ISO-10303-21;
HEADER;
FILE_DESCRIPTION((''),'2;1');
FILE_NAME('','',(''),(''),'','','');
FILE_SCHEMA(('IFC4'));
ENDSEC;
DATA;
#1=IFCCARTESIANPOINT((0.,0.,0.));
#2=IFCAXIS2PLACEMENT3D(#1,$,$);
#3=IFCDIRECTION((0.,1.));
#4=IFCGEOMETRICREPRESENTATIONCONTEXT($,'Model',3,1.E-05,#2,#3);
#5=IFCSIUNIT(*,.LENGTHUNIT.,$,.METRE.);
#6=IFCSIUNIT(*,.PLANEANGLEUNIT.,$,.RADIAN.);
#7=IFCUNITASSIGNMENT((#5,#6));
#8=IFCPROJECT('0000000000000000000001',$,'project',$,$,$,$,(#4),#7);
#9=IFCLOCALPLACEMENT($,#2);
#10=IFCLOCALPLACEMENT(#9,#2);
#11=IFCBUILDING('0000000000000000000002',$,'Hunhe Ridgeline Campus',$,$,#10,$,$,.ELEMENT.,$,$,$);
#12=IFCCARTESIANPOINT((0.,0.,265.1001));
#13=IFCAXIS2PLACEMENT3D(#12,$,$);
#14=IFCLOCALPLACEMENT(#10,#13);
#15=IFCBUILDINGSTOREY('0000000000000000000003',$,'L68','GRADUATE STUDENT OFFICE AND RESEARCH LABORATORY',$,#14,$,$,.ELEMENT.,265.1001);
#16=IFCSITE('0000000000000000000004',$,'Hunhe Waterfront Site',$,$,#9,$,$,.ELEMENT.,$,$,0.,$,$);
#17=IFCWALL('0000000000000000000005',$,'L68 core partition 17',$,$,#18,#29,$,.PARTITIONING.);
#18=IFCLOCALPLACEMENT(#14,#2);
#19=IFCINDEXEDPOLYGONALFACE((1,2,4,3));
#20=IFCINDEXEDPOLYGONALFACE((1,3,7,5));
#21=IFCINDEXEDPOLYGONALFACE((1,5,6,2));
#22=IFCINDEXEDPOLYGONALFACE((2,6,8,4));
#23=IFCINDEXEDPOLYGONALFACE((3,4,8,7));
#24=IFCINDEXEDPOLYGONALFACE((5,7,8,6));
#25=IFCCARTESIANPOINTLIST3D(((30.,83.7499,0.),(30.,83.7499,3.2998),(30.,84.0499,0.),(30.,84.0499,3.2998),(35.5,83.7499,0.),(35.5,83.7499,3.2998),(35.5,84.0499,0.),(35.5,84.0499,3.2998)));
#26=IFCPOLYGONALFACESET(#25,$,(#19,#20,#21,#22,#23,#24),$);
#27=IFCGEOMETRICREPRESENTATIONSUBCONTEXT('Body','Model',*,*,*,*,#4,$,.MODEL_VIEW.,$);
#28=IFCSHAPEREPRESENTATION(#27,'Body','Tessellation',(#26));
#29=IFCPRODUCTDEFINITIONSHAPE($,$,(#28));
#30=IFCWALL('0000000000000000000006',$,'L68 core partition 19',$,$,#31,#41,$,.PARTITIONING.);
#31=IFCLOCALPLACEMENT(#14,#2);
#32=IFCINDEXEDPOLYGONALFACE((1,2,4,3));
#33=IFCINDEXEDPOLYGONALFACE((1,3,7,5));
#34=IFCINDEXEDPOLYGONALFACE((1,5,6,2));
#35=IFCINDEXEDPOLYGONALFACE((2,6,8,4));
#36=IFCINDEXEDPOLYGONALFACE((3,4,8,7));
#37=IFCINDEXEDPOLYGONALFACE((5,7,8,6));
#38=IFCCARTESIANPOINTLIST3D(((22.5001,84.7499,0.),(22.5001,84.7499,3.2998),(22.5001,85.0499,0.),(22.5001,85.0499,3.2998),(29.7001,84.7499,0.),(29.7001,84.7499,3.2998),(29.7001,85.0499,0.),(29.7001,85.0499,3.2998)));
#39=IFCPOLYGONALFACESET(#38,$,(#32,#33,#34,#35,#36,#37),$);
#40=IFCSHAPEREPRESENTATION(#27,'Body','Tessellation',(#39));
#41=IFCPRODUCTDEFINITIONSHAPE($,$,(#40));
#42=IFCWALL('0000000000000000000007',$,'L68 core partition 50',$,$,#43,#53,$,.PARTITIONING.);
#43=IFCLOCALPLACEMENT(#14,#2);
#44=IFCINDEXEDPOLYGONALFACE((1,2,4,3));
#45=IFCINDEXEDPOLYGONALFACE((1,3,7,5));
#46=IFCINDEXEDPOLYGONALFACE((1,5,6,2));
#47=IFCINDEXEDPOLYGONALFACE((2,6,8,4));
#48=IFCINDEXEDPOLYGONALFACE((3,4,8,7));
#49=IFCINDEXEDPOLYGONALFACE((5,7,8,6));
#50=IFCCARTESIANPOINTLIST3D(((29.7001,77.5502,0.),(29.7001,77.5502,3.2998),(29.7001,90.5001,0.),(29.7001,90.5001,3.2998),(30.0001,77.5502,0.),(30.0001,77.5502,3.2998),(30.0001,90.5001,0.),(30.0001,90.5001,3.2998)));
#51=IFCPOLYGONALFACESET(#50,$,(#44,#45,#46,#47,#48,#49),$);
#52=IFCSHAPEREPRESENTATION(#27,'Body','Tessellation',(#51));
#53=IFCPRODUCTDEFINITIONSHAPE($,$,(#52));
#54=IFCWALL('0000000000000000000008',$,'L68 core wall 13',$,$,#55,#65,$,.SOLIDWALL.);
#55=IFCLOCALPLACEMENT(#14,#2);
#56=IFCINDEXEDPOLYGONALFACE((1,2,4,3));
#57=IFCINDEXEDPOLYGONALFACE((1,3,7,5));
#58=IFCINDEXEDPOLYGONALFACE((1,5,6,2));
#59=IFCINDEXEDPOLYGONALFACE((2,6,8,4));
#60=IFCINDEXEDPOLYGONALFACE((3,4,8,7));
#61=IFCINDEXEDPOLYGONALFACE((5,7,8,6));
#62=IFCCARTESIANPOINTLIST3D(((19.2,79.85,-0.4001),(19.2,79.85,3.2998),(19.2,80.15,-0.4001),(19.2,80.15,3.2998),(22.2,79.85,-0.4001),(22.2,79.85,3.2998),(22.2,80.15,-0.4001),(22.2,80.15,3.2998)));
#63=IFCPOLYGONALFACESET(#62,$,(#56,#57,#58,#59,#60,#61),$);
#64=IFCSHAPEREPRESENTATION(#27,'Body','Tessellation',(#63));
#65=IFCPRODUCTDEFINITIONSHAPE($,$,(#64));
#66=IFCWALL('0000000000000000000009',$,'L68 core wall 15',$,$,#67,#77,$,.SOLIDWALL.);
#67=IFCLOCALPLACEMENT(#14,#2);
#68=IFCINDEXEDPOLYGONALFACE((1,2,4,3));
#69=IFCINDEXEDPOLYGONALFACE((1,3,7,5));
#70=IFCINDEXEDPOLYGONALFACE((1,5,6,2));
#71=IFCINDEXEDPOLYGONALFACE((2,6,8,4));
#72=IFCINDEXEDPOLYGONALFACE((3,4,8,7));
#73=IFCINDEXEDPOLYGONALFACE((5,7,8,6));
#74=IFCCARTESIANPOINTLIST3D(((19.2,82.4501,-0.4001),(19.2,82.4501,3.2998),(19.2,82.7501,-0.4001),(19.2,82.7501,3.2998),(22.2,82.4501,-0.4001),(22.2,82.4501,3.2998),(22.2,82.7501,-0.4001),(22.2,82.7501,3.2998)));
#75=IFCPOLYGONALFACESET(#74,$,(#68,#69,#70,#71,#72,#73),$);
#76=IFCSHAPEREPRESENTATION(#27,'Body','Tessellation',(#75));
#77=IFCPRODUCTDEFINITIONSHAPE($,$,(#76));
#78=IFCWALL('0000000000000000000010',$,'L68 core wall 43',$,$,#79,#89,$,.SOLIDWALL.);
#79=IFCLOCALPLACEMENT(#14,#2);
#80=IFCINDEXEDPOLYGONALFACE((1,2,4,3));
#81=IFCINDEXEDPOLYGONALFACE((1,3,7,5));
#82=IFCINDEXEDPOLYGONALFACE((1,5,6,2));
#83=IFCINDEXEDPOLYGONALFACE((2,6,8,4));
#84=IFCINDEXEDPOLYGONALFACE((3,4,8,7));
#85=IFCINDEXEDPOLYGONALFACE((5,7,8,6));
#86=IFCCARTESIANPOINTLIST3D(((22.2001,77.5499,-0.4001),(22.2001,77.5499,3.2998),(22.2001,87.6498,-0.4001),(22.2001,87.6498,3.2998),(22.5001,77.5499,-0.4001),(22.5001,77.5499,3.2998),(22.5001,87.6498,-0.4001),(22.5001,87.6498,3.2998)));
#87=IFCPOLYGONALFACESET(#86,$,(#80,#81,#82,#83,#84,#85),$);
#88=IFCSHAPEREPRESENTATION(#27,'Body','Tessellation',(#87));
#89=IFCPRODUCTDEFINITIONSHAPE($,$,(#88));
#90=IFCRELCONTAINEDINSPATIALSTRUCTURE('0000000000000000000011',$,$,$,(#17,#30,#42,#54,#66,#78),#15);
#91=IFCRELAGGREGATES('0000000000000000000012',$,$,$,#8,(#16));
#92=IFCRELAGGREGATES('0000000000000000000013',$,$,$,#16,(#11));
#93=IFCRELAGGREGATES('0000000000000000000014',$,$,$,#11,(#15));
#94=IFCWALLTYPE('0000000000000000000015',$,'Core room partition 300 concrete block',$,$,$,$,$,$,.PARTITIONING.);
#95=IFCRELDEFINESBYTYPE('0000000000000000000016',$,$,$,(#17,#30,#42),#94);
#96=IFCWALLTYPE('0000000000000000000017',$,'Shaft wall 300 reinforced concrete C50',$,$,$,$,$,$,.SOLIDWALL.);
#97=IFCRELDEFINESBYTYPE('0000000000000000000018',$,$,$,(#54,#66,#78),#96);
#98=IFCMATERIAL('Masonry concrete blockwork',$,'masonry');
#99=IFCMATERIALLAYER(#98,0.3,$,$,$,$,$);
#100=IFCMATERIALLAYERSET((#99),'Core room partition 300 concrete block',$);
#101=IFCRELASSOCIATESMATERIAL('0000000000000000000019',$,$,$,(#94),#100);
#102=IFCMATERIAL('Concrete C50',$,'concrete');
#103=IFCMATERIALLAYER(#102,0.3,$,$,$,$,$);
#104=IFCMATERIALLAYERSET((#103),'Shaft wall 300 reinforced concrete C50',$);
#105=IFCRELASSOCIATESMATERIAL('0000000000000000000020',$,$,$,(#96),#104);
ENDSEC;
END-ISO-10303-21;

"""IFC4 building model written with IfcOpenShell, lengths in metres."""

from ifc_helpers import new_model, si_unit, direction, frame, frame_2d, origin, place, context, subcontext, project, spatial, rectangle, extrude, material, layer, layer_set, type_object, element, save


model = new_model("IFC4")

# Units and contexts
model_context = context("Model", 3, precision=1e-05, world=origin(), true_north=direction((0.0, 1.0)))
body_context = subcontext(model_context, "Body", "Model", "MODEL_VIEW")
ifc_project = project(units=[si_unit("LENGTHUNIT", "METRE"), si_unit("PLANEANGLEUNIT", "RADIAN")], contexts=[model_context])

# Site, building, storey
site_placement = place(None, origin())
site = spatial("IfcSite", under=ifc_project, at=site_placement, Name="Hunhe Waterfront Site", CompositionType="ELEMENT", RefElevation=0.0)
building_placement = place(site_placement, origin())
building = spatial("IfcBuilding", under=site, at=building_placement, Name="Hunhe Ridgeline Campus", CompositionType="ELEMENT")
storey_placement = place(building_placement, frame((0.0, 0.0, 265.1001)))
storey = spatial("IfcBuildingStorey", under=building, at=storey_placement, Name="L68", Description="GRADUATE STUDENT OFFICE AND RESEARCH LABORATORY", CompositionType="ELEMENT", Elevation=265.1001)

# Shared definitions
ifc_material_1 = material(Name="Masonry concrete blockwork", Category="masonry")
ifc_layer_1 = layer(ifc_material_1, 0.3)
ifc_layer_set_1 = layer_set([ifc_layer_1], Name="Core room partition 300 concrete block")
wall_type_1 = type_object("IfcWallType", Name="Core room partition 300 concrete block", PredefinedType="PARTITIONING", material=ifc_layer_set_1)

# Walls
wall_1_placement = place(storey_placement, frame((30.0, 83.8999, 0.0), z_axis=(0.0, 0.0, 1.0), x_axis=(1.0, 0.0, 0.0)))
element("IfcWall", 1, at=wall_1_placement, inside=storey, type_object=wall_type_1, Name="L68 core partition 17", PredefinedType="PARTITIONING", context=body_context, shape_type="SweptSolid", body=[
    extrude(rectangle(XDim=5.5, YDim=0.3, at=frame_2d((2.75, 0.0))), origin(), (0.0, 0.0, 1.0), 3.2998),
])
wall_2_placement = place(storey_placement, frame((22.5, 84.8999, 0.0), z_axis=(0.0, 0.0, 1.0), x_axis=(1.0, 0.0, 0.0)))
element("IfcWall", 2, at=wall_2_placement, inside=storey, type_object=wall_type_1, Name="L68 core partition 19", PredefinedType="PARTITIONING", context=body_context, shape_type="SweptSolid", body=[
    extrude(rectangle(XDim=7.2, YDim=0.3, at=frame_2d((3.6001, 0.0))), origin(), (0.0, 0.0, 1.0), 3.2998),
])
wall_3_placement = place(storey_placement, frame((29.8501, 77.55, 0.0), z_axis=(0.0, 0.0, 1.0), x_axis=(0.0, 1.0, 0.0)))
element("IfcWall", 3, at=wall_3_placement, inside=storey, type_object=wall_type_1, Name="L68 core partition 50", PredefinedType="PARTITIONING", context=body_context, shape_type="SweptSolid", body=[
    extrude(rectangle(XDim=12.95, YDim=0.3, at=frame_2d((6.4751, 0.0))), origin(), (0.0, 0.0, 1.0), 3.2998),
])
ifc_material_2 = material(Name="Concrete C50", Category="concrete")
ifc_layer_2 = layer(ifc_material_2, 0.3)
ifc_layer_set_2 = layer_set([ifc_layer_2], Name="Shaft wall 300 reinforced concrete C50")
wall_type_2 = type_object("IfcWallType", Name="Shaft wall 300 reinforced concrete C50", PredefinedType="SOLIDWALL", material=ifc_layer_set_2)
for number, where, z_axis, x_axis, name in (
    (4, (19.2, 80.0, -0.4001), (0.0, 0.0, 1.0), (1.0, 0.0, 0.0), "L68 core wall 13"),
    (5, (19.2, 82.6001, -0.4001), (0.0, 0.0, 1.0), (1.0, 0.0, 0.0), "L68 core wall 15"),
):
    element("IfcWall", number, at=place(storey_placement, frame(where, z_axis=z_axis, x_axis=x_axis)), inside=storey, type_object=wall_type_2, Name=name, PredefinedType="SOLIDWALL", context=body_context, shape_type="SweptSolid", body=[
        extrude(rectangle(XDim=3.0, YDim=0.3, at=frame_2d((1.5, 0.0))), origin(), (0.0, 0.0, 1.0), 3.7),
    ])

# Wall
wall_4_placement = place(storey_placement, frame((22.3501, 77.55, -0.4001), z_axis=(0.0, 0.0, 1.0), x_axis=(0.0, 1.0, 0.0)))
element("IfcWall", 6, at=wall_4_placement, inside=storey, type_object=wall_type_2, Name="L68 core wall 43", PredefinedType="SOLIDWALL", context=body_context, shape_type="SweptSolid", body=[
    extrude(rectangle(XDim=10.0999, YDim=0.3, at=frame_2d((5.0498, 0.0))), origin(), (0.0, 0.0, 1.0), 3.7),
])

save(model, "model.ifc")
